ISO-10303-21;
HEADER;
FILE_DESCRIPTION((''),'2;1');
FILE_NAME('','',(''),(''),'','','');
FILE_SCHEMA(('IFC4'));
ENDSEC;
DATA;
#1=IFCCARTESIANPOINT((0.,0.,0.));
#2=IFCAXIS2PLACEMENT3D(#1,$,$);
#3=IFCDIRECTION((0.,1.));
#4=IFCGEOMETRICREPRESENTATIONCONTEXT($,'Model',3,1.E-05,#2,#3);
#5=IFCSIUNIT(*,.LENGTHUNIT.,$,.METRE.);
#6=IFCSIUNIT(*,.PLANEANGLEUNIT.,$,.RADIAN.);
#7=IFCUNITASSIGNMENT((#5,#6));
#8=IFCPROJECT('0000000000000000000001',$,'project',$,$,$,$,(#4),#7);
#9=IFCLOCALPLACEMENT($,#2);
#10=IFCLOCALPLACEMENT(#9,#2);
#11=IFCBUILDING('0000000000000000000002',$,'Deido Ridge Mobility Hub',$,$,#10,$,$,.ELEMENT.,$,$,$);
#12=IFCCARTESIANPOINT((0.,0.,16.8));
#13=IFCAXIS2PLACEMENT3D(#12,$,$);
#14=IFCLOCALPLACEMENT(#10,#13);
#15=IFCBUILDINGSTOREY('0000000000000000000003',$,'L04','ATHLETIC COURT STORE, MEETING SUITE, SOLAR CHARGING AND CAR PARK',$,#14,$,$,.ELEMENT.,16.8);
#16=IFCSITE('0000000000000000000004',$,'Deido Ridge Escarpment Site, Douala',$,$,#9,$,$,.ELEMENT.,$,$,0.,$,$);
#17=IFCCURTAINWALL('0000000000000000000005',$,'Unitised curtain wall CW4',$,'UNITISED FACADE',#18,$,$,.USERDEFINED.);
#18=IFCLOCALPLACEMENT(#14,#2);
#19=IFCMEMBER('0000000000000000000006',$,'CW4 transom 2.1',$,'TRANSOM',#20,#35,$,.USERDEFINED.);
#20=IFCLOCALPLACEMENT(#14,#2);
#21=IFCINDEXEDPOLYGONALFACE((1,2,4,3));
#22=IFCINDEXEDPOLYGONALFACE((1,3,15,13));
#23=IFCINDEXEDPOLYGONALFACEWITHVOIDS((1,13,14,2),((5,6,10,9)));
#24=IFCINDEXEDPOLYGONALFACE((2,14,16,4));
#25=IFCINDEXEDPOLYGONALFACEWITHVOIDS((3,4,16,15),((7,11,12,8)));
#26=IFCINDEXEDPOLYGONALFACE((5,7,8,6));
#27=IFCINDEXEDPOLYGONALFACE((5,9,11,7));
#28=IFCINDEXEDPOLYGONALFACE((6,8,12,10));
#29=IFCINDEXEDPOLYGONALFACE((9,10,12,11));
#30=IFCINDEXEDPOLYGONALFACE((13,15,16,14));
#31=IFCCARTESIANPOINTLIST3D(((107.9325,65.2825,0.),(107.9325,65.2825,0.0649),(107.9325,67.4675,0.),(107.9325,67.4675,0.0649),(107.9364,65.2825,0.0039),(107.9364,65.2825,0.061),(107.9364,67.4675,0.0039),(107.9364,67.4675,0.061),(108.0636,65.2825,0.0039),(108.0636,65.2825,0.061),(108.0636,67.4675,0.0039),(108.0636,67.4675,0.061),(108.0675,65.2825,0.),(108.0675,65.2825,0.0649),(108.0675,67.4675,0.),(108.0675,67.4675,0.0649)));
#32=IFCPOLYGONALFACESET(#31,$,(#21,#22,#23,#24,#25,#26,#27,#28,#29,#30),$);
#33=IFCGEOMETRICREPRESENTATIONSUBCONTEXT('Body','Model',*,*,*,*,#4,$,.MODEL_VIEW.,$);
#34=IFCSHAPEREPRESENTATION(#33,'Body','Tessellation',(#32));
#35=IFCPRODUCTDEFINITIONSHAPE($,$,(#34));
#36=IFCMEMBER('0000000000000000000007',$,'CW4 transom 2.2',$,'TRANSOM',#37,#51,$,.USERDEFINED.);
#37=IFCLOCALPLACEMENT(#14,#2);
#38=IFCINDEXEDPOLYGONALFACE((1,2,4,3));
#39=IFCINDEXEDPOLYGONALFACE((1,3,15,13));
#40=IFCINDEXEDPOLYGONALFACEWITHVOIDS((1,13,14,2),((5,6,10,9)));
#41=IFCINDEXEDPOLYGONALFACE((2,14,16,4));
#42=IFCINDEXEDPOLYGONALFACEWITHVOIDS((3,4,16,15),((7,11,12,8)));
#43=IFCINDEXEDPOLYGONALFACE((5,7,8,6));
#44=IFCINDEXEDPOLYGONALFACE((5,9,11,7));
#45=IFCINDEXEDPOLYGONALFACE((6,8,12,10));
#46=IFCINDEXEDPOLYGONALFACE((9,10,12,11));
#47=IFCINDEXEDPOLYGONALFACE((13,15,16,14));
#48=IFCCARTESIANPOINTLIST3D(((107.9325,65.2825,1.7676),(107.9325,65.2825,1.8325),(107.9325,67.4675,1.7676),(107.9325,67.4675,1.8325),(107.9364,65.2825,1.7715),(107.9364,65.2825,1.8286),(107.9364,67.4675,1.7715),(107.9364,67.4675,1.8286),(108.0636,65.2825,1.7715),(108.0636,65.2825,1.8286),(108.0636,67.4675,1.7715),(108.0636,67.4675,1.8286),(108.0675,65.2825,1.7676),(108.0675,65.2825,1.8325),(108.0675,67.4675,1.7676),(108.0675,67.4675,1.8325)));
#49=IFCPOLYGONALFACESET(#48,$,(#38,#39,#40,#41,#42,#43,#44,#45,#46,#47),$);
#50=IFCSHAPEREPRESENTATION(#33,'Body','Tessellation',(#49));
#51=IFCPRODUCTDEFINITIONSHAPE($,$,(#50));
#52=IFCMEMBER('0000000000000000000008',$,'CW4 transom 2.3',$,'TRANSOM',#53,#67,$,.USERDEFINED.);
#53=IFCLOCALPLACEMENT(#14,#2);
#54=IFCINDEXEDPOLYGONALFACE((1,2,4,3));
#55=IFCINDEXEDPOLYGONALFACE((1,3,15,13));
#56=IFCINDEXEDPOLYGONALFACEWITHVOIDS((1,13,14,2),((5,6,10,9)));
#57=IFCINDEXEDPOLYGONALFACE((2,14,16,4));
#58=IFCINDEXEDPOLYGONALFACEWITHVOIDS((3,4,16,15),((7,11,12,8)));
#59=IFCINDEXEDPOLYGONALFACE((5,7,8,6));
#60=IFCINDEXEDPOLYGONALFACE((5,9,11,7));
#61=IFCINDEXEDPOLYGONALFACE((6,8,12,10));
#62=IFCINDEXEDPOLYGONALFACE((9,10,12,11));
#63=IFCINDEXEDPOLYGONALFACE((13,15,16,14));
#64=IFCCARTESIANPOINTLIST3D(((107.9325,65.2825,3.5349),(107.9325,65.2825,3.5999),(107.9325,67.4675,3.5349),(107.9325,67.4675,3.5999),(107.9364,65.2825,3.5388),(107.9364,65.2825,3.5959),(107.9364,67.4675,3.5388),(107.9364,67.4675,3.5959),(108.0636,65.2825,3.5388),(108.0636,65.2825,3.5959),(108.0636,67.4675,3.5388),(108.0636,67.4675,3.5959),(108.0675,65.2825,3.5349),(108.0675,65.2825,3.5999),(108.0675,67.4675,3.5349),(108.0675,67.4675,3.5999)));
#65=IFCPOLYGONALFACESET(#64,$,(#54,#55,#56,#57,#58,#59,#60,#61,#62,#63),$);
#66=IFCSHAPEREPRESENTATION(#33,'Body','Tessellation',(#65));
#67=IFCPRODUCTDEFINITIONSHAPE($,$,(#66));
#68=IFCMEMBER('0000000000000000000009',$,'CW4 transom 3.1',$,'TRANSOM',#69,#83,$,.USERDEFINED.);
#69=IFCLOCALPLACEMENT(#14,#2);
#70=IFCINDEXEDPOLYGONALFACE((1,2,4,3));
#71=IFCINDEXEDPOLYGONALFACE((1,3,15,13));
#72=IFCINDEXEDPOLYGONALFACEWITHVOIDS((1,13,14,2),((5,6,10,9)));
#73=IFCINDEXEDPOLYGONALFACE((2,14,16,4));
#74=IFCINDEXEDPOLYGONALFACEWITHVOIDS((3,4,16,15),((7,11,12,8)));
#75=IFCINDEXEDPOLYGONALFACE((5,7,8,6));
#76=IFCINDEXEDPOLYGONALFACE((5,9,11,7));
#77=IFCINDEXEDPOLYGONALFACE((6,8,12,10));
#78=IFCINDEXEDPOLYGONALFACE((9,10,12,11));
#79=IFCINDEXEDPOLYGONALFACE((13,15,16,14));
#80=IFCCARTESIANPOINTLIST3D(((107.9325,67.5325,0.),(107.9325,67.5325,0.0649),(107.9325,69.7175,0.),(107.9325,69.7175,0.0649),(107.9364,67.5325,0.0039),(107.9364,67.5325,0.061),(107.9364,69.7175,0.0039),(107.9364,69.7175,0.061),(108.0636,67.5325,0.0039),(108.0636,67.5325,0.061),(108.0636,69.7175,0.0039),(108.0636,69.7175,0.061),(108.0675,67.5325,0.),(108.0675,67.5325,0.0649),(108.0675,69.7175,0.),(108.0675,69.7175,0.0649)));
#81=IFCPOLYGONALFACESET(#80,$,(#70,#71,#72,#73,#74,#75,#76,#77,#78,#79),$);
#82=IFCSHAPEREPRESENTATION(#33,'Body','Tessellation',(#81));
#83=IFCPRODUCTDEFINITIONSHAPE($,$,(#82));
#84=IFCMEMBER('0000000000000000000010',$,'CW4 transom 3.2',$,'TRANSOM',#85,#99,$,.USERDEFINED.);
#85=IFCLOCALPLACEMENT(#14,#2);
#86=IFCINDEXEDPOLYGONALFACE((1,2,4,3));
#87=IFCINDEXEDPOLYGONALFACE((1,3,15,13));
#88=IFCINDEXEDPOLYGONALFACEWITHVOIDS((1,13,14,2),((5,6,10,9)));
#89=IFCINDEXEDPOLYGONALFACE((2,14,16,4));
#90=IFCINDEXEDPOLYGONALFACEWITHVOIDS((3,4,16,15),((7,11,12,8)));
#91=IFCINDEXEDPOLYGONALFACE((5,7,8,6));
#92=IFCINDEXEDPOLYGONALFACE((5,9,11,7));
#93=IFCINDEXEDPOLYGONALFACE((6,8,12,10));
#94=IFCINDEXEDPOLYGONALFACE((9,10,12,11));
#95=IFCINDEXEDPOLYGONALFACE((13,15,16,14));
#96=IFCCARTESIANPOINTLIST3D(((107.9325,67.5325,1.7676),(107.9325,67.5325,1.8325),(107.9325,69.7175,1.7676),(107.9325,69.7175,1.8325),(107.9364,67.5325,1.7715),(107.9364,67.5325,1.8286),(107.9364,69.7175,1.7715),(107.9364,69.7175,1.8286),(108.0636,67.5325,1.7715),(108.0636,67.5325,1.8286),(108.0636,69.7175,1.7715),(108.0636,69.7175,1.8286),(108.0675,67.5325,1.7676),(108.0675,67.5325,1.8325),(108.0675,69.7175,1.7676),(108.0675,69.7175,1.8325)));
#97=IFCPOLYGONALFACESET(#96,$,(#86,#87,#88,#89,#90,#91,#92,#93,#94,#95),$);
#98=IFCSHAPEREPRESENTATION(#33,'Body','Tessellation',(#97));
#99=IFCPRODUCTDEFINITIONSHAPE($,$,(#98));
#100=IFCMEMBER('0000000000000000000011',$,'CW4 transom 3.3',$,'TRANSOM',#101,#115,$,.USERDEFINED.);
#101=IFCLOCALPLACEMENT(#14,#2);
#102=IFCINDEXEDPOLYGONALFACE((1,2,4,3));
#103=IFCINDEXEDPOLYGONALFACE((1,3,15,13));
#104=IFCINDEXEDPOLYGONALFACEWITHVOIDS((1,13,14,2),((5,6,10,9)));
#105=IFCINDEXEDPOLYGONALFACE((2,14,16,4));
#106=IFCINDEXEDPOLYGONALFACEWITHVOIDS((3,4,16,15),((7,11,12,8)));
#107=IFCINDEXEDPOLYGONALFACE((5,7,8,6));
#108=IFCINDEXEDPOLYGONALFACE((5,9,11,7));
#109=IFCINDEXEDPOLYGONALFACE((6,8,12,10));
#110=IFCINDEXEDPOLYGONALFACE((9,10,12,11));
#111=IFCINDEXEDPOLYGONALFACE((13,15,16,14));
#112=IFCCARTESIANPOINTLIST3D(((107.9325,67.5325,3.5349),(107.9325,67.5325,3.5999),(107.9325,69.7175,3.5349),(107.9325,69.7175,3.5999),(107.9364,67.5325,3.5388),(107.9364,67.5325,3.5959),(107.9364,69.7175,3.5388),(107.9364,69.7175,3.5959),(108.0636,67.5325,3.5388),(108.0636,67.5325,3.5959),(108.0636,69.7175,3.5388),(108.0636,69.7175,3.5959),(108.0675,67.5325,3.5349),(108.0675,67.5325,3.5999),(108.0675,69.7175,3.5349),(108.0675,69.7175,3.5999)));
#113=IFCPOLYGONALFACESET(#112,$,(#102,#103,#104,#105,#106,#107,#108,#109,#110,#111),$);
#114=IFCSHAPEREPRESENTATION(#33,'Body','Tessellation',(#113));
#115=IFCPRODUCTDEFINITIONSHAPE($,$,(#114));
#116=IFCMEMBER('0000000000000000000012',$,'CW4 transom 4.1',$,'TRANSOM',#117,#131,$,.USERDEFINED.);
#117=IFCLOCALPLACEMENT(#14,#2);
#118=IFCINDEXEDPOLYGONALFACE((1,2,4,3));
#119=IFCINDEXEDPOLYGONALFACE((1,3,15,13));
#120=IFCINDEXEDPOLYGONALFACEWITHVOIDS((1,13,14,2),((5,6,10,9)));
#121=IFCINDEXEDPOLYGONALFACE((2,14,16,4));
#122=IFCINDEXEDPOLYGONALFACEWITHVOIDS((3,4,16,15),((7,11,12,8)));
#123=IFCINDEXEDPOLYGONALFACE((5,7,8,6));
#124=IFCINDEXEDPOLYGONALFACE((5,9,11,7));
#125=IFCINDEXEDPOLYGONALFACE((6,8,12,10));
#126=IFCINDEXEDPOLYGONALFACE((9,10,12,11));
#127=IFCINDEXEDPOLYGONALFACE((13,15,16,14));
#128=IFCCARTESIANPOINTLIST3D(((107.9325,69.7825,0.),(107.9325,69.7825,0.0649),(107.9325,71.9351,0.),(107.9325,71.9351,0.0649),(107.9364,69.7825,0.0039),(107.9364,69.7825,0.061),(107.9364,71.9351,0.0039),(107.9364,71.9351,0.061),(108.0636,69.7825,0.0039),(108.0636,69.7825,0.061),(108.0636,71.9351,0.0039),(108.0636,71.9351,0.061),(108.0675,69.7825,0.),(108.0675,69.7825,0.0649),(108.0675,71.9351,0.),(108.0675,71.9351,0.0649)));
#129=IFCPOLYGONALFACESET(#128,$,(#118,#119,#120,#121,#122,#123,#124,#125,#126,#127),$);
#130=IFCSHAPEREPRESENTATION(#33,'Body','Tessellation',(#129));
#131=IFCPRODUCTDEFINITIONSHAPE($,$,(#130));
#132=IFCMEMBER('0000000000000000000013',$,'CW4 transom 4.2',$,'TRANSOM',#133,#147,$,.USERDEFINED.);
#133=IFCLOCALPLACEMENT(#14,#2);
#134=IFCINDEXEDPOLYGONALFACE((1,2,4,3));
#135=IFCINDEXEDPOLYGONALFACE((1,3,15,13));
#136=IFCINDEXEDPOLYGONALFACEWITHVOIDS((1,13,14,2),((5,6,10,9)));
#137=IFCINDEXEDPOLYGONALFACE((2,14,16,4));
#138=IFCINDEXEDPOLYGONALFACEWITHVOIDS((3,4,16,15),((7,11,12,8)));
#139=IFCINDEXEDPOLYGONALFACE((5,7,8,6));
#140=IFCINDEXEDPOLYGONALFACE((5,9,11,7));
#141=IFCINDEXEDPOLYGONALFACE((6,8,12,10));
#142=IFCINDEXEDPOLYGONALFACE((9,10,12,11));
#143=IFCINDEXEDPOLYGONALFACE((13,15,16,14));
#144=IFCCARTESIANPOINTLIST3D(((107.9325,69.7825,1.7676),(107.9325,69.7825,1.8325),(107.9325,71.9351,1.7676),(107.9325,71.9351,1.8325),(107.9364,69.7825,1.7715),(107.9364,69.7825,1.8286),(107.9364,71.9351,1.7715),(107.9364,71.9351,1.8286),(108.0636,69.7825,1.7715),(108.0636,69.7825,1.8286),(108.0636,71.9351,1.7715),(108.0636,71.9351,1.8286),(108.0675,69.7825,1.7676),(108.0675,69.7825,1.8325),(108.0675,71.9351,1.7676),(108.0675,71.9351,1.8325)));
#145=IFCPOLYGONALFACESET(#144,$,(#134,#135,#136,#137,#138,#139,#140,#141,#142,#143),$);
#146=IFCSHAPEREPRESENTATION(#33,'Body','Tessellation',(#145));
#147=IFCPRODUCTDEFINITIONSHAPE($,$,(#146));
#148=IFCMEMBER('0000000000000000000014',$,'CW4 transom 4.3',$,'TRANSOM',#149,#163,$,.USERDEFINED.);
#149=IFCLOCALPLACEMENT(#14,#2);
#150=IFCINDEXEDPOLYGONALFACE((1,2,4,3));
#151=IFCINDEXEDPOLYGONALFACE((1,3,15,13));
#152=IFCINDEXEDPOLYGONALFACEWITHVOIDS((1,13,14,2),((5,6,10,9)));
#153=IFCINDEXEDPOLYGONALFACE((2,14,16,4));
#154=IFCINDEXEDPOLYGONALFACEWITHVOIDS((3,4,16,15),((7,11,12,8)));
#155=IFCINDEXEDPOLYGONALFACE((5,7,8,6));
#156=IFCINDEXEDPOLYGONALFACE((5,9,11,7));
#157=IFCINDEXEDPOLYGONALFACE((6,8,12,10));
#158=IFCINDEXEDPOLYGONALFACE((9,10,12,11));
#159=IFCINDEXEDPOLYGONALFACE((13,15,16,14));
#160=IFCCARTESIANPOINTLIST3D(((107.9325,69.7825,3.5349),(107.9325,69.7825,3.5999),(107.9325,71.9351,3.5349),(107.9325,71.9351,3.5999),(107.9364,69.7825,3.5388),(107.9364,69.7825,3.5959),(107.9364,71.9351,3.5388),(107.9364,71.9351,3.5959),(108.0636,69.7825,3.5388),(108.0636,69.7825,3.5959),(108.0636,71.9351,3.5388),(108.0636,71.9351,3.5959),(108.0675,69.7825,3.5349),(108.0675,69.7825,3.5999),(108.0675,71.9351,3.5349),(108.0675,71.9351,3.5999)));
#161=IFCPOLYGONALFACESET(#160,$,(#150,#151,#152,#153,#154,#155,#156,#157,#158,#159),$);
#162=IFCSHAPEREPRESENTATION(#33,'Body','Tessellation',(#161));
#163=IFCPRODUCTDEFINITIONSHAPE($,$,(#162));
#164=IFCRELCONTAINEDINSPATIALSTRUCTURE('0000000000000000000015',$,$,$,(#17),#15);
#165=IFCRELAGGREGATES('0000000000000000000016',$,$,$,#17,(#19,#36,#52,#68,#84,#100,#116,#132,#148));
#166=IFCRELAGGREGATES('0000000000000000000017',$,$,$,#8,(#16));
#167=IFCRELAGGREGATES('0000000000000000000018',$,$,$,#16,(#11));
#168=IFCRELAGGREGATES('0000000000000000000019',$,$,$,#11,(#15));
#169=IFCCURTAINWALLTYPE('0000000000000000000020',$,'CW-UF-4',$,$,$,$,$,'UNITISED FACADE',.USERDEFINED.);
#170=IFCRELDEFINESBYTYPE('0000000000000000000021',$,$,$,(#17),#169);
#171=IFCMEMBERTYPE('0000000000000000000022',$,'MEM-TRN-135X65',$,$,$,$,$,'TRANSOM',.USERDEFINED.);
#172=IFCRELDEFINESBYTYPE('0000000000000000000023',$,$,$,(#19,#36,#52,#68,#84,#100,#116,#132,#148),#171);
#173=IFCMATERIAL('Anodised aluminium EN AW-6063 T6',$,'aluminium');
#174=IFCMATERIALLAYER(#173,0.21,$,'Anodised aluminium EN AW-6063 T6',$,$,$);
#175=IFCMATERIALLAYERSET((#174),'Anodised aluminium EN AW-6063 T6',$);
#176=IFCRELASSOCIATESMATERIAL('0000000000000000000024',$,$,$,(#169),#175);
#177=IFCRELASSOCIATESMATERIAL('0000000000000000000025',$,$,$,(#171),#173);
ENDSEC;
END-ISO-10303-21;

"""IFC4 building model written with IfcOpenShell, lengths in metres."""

from ifc_helpers import new_model, si_unit, direction, frame, origin, origin_2d, place, context, subcontext, project, spatial, hollow_rectangle, extrude, material, layer, layer_set, material_profile, profile_set, type_object, element, aggregate, save


model = new_model("IFC4")

# Units and contexts
model_context = context("Model", 3, precision=1e-05, world=origin(), true_north=direction((0.0, 1.0)))
body_context = subcontext(model_context, "Body", "Model", "MODEL_VIEW")
ifc_project = project(units=[si_unit("LENGTHUNIT", "METRE"), si_unit("PLANEANGLEUNIT", "RADIAN")], contexts=[model_context])

# Site, building, storey
site_placement = place(None, origin())
site = spatial("IfcSite", under=ifc_project, at=site_placement, Name="Deido Ridge Escarpment Site, Douala", CompositionType="ELEMENT", RefElevation=0.0)
building_placement = place(site_placement, origin())
building = spatial("IfcBuilding", under=site, at=building_placement, Name="Deido Ridge Mobility Hub", CompositionType="ELEMENT")
storey_placement = place(building_placement, frame((0.0, 0.0, 16.8)))
storey = spatial("IfcBuildingStorey", under=building, at=storey_placement, Name="L04", Description="ATHLETIC COURT STORE, MEETING SUITE, SOLAR CHARGING AND CAR PARK", CompositionType="ELEMENT", Elevation=16.8)

# Curtain wall, members
ifc_material_1 = material(Name="Anodised aluminium EN AW-6063 T6", Category="aluminium")
ifc_layer_1 = layer(ifc_material_1, 0.21, Name="Anodised aluminium EN AW-6063 T6")
ifc_layer_set_1 = layer_set([ifc_layer_1], Name="Anodised aluminium EN AW-6063 T6")
curtain_wall_type = type_object("IfcCurtainWallType", Name="CW-UF-4", ElementType="UNITISED FACADE", PredefinedType="USERDEFINED", material=ifc_layer_set_1)
curtain_wall_placement = place(storey_placement, origin())
curtain_wall = element("IfcCurtainWall", 1, at=curtain_wall_placement, inside=storey, type_object=curtain_wall_type, Name="Unitised curtain wall CW4", ObjectType="UNITISED FACADE", PredefinedType="USERDEFINED")
ifc_material_profile_1 = material_profile(ifc_material_1, hollow_rectangle(XDim=0.135, YDim=0.0649, WallThickness=0.0039, at=origin_2d()), Name="RHS 135x65x4")
ifc_profile_set_1 = profile_set([ifc_material_profile_1], Name="Anodised aluminium EN AW-6063 T6")
member_type_1 = type_object("IfcMemberType", Name="MEM-TRN-135X65", ElementType="TRANSOM", PredefinedType="USERDEFINED", material=ifc_profile_set_1)
member_1_placement = place(storey_placement, frame((108.0, 65.2825, 0.0325), z_axis=(0.0, 1.0, 0.0), x_axis=(-1.0, 0.0, 0.0)))
member_1 = element("IfcMember", 2, at=member_1_placement, type_object=member_type_1, Name="CW4 transom 2.1", ObjectType="TRANSOM", PredefinedType="USERDEFINED", context=body_context, shape_type="SweptSolid", body=[
    extrude(hollow_rectangle(XDim=0.135, YDim=0.0649, WallThickness=0.0039, at=origin_2d()), origin(), (0.0, 0.0, 1.0), 2.1851),
])
member_2_placement = place(storey_placement, frame((108.0, 65.2825, 1.8), z_axis=(0.0, 1.0, 0.0), x_axis=(-1.0, 0.0, 0.0)))
member_2 = element("IfcMember", 3, at=member_2_placement, type_object=member_type_1, Name="CW4 transom 2.2", ObjectType="TRANSOM", PredefinedType="USERDEFINED", context=body_context, shape_type="SweptSolid", body=[
    extrude(hollow_rectangle(XDim=0.135, YDim=0.0649, WallThickness=0.0039, at=origin_2d()), origin(), (0.0, 0.0, 1.0), 2.1851),
])
member_3_placement = place(storey_placement, frame((108.0, 65.2825, 3.5674), z_axis=(0.0, 1.0, 0.0), x_axis=(-1.0, 0.0, 0.0)))
member_3 = element("IfcMember", 4, at=member_3_placement, type_object=member_type_1, Name="CW4 transom 2.3", ObjectType="TRANSOM", PredefinedType="USERDEFINED", context=body_context, shape_type="SweptSolid", body=[
    extrude(hollow_rectangle(XDim=0.135, YDim=0.0649, WallThickness=0.0039, at=origin_2d()), origin(), (0.0, 0.0, 1.0), 2.1851),
])
member_4_placement = place(storey_placement, frame((108.0, 67.5325, 0.0325), z_axis=(0.0, 1.0, 0.0), x_axis=(-1.0, 0.0, 0.0)))
member_4 = element("IfcMember", 5, at=member_4_placement, type_object=member_type_1, Name="CW4 transom 3.1", ObjectType="TRANSOM", PredefinedType="USERDEFINED", context=body_context, shape_type="SweptSolid", body=[
    extrude(hollow_rectangle(XDim=0.135, YDim=0.0649, WallThickness=0.0039, at=origin_2d()), origin(), (0.0, 0.0, 1.0), 2.1851),
])
member_5_placement = place(storey_placement, frame((108.0, 67.5325, 1.8), z_axis=(0.0, 1.0, 0.0), x_axis=(-1.0, 0.0, 0.0)))
member_5 = element("IfcMember", 6, at=member_5_placement, type_object=member_type_1, Name="CW4 transom 3.2", ObjectType="TRANSOM", PredefinedType="USERDEFINED", context=body_context, shape_type="SweptSolid", body=[
    extrude(hollow_rectangle(XDim=0.135, YDim=0.0649, WallThickness=0.0039, at=origin_2d()), origin(), (0.0, 0.0, 1.0), 2.1851),
])
member_6_placement = place(storey_placement, frame((108.0, 67.5325, 3.5674), z_axis=(0.0, 1.0, 0.0), x_axis=(-1.0, 0.0, 0.0)))
member_6 = element("IfcMember", 7, at=member_6_placement, type_object=member_type_1, Name="CW4 transom 3.3", ObjectType="TRANSOM", PredefinedType="USERDEFINED", context=body_context, shape_type="SweptSolid", body=[
    extrude(hollow_rectangle(XDim=0.135, YDim=0.0649, WallThickness=0.0039, at=origin_2d()), origin(), (0.0, 0.0, 1.0), 2.1851),
])
member_7_placement = place(storey_placement, frame((108.0, 69.7825, 0.0325), z_axis=(0.0, 1.0, 0.0), x_axis=(-1.0, 0.0, 0.0)))
member_7 = element("IfcMember", 8, at=member_7_placement, type_object=member_type_1, Name="CW4 transom 4.1", ObjectType="TRANSOM", PredefinedType="USERDEFINED", context=body_context, shape_type="SweptSolid", body=[
    extrude(hollow_rectangle(XDim=0.135, YDim=0.0649, WallThickness=0.0039, at=origin_2d()), origin(), (0.0, 0.0, 1.0), 2.1526),
])
member_8_placement = place(storey_placement, frame((108.0, 69.7825, 1.8), z_axis=(0.0, 1.0, 0.0), x_axis=(-1.0, 0.0, 0.0)))
member_8 = element("IfcMember", 9, at=member_8_placement, type_object=member_type_1, Name="CW4 transom 4.2", ObjectType="TRANSOM", PredefinedType="USERDEFINED", context=body_context, shape_type="SweptSolid", body=[
    extrude(hollow_rectangle(XDim=0.135, YDim=0.0649, WallThickness=0.0039, at=origin_2d()), origin(), (0.0, 0.0, 1.0), 2.1526),
])
member_9_placement = place(storey_placement, frame((108.0, 69.7825, 3.5674), z_axis=(0.0, 1.0, 0.0), x_axis=(-1.0, 0.0, 0.0)))
member_9 = element("IfcMember", 10, at=member_9_placement, type_object=member_type_1, Name="CW4 transom 4.3", ObjectType="TRANSOM", PredefinedType="USERDEFINED", context=body_context, shape_type="SweptSolid", body=[
    extrude(hollow_rectangle(XDim=0.135, YDim=0.0649, WallThickness=0.0039, at=origin_2d()), origin(), (0.0, 0.0, 1.0), 2.1526),
])

aggregate(curtain_wall, [member_1, member_2, member_3, member_4, member_5, member_6, member_7, member_8, member_9])

save(model, "model.ifc")
